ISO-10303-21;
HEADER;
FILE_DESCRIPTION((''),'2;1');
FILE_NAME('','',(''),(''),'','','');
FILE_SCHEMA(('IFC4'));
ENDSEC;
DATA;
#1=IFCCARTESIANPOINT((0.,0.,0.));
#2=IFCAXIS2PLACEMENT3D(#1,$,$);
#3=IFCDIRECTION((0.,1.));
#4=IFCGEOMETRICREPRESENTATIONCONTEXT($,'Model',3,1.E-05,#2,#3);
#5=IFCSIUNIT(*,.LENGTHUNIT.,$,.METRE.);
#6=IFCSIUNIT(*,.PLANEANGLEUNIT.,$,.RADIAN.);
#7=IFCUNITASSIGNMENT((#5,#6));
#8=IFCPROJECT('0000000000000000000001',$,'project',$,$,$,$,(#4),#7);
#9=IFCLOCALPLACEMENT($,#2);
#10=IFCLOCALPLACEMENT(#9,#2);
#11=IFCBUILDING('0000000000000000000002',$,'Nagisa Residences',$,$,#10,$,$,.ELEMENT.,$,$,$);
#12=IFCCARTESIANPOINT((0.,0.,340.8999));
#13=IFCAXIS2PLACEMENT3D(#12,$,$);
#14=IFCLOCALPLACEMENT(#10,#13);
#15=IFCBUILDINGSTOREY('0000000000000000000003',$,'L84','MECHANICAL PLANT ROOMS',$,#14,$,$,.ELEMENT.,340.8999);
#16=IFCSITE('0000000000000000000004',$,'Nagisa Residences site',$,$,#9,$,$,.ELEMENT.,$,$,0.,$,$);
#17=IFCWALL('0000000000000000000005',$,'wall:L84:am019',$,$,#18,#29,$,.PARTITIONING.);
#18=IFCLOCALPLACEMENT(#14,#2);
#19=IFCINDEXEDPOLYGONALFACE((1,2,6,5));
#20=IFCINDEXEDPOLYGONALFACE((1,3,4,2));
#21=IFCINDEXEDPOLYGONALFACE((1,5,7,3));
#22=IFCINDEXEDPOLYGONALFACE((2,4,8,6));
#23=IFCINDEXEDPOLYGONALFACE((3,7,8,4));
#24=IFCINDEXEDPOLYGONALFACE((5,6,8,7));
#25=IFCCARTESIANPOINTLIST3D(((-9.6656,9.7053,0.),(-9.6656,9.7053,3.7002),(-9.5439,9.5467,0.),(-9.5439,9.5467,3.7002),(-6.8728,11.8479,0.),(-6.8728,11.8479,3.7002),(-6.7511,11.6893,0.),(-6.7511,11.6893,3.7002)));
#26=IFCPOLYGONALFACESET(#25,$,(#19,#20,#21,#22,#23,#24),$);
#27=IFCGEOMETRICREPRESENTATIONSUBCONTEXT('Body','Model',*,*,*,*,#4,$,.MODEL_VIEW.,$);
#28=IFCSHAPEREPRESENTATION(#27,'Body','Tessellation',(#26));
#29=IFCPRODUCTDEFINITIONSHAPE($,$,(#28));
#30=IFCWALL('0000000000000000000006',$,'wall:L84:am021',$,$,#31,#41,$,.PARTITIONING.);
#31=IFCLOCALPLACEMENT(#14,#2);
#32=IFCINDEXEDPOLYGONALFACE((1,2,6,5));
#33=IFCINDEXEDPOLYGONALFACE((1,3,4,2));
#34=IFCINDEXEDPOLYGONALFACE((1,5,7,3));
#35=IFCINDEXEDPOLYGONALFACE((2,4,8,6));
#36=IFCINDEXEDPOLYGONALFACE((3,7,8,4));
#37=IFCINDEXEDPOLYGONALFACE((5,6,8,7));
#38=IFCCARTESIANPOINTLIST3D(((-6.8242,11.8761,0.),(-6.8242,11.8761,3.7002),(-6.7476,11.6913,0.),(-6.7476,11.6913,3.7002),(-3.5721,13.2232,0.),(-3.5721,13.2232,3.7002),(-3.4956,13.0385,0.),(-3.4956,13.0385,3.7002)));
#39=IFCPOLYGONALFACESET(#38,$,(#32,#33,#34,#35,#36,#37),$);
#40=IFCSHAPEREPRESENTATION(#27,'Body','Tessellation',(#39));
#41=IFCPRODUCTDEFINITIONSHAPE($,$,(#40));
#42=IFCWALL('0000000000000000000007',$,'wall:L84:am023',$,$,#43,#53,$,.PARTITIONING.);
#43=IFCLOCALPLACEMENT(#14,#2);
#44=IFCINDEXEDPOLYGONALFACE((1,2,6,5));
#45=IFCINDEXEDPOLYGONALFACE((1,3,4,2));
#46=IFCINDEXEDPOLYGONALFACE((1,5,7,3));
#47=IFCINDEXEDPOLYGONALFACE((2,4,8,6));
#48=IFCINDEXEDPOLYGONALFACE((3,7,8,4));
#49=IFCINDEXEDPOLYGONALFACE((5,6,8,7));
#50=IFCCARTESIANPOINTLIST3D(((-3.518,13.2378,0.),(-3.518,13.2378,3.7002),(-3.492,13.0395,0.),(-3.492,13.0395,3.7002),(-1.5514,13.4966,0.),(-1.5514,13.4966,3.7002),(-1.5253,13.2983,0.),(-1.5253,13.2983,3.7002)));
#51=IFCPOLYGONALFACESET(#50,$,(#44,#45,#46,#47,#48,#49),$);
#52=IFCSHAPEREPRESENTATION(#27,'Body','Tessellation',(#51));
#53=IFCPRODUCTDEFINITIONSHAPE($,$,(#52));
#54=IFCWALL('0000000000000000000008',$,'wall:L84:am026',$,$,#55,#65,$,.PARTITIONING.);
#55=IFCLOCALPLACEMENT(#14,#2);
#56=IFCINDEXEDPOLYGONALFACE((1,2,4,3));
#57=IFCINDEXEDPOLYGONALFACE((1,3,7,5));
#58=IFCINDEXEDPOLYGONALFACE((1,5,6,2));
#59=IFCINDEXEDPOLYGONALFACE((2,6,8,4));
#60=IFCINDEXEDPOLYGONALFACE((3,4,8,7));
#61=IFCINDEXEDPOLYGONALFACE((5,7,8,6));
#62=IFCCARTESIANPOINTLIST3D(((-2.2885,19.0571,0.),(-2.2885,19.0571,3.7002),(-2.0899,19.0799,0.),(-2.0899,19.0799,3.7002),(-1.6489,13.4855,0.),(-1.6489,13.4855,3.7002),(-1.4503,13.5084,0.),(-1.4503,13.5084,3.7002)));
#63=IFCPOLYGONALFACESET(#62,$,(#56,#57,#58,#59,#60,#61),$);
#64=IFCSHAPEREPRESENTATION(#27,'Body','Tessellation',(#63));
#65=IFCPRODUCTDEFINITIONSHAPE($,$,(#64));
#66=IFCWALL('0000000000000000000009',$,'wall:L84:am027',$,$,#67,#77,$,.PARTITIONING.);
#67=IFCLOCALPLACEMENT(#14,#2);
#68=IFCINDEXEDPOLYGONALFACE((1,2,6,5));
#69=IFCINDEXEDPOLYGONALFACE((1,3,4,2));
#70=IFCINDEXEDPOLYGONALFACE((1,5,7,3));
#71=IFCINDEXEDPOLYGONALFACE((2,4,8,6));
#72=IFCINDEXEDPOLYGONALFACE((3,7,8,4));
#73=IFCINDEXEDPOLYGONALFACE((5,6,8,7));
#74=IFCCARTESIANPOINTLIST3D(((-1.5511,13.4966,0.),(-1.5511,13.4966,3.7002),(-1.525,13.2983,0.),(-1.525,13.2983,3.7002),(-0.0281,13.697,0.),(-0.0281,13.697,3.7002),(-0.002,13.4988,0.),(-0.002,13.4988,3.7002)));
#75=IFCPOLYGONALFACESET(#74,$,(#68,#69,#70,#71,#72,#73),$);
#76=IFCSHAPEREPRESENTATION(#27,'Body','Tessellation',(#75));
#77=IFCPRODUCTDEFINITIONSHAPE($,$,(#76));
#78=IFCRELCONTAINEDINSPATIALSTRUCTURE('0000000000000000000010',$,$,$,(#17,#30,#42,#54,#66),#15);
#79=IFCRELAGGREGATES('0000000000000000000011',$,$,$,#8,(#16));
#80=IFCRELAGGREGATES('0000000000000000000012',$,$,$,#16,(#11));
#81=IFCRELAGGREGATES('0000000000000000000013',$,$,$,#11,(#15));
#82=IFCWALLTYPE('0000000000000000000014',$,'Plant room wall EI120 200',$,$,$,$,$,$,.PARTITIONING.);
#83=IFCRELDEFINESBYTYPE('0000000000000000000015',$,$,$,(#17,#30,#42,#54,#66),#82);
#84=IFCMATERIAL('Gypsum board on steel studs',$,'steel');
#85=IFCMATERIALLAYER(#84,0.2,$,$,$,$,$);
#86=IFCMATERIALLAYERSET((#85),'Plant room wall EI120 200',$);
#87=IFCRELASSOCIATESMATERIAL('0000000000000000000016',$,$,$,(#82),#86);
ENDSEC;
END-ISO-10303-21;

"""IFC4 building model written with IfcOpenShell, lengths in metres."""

from ifc_helpers import new_model, si_unit, direction, frame, frame_2d, origin, place, context, subcontext, project, spatial, rectangle, extrude, material, layer, layer_set, type_object, element, save


model = new_model("IFC4")

# Units and contexts
model_context = context("Model", 3, precision=1e-05, world=origin(), true_north=direction((0.0, 1.0)))
body_context = subcontext(model_context, "Body", "Model", "MODEL_VIEW")
ifc_project = project(units=[si_unit("LENGTHUNIT", "METRE"), si_unit("PLANEANGLEUNIT", "RADIAN")], contexts=[model_context])

# Site, building, storey
site_placement = place(None, origin())
site = spatial("IfcSite", under=ifc_project, at=site_placement, Name="Nagisa Residences site", CompositionType="ELEMENT", RefElevation=0.0)
building_placement = place(site_placement, origin())
building = spatial("IfcBuilding", under=site, at=building_placement, Name="Nagisa Residences", CompositionType="ELEMENT")
storey_placement = place(building_placement, frame((0.0, 0.0, 340.8999)))
storey = spatial("IfcBuildingStorey", under=building, at=storey_placement, Name="L84", Description="MECHANICAL PLANT ROOMS", CompositionType="ELEMENT", Elevation=340.8999)

# Walls
ifc_material_1 = material(Name="Gypsum board on steel studs", Category="steel")
ifc_layer_1 = layer(ifc_material_1, 0.2)
ifc_layer_set_1 = layer_set([ifc_layer_1], Name="Plant room wall EI120 200")
wall_type_1 = type_object("IfcWallType", Name="Plant room wall EI120 200", PredefinedType="PARTITIONING", material=ifc_layer_set_1)
for number, where, z_axis, x_axis, name in (
    (1, (-9.6047, 9.626, 0.0), (0.0, 0.0, 1.0), (0.793402, 0.608698, 0.0), "wall:L84:am019"),
    (2, (-6.7859, 11.7837, 0.0), (0.0, 0.0, 1.0), (0.923863, 0.382723, 0.0), "wall:L84:am021"),
):
    element("IfcWall", number, at=place(storey_placement, frame(where, z_axis=z_axis, x_axis=x_axis)), inside=storey, type_object=wall_type_1, Name=name, PredefinedType="PARTITIONING", context=body_context, shape_type="SweptSolid", body=[
        extrude(rectangle(XDim=3.52, YDim=0.2, at=frame_2d((1.76, 0.0))), origin(), (0.0, 0.0, 1.0), 3.7002),
    ])
wall_1_placement = place(storey_placement, frame((-3.5049, 13.1387, 0.0), z_axis=(0.0, 0.0, 1.0), x_axis=(0.991454, 0.130455, 0.0)))
element("IfcWall", 3, at=wall_1_placement, inside=storey, type_object=wall_type_1, Name="wall:L84:am023", PredefinedType="PARTITIONING", context=body_context, shape_type="SweptSolid", body=[
    extrude(rectangle(XDim=1.9836, YDim=0.2, at=frame_2d((0.9917, 0.0))), origin(), (0.0, 0.0, 1.0), 3.7002),
])
wall_2_placement = place(storey_placement, frame((-1.5496, 13.4968, 0.0), z_axis=(0.0, 0.0, 1.0), x_axis=(-0.114057, 0.993474, 0.0)))
element("IfcWall", 4, at=wall_2_placement, inside=storey, type_object=wall_type_1, Name="wall:L84:am026", PredefinedType="PARTITIONING", context=body_context, shape_type="SweptSolid", body=[
    extrude(rectangle(XDim=5.6082, YDim=0.2, at=frame_2d((2.8042, 0.0))), origin(), (0.0, 0.0, 1.0), 3.7002),
])
wall_3_placement = place(storey_placement, frame((-1.5381, 13.3975, 0.0), z_axis=(0.0, 0.0, 1.0), x_axis=(0.99145, 0.130487, 0.0)))
element("IfcWall", 5, at=wall_3_placement, inside=storey, type_object=wall_type_1, Name="wall:L84:am027", PredefinedType="PARTITIONING", context=body_context, shape_type="SweptSolid", body=[
    extrude(rectangle(XDim=1.5361, YDim=0.2, at=frame_2d((0.7681, 0.0))), origin(), (0.0, 0.0, 1.0), 3.7002),
])

save(model, "model.ifc")
